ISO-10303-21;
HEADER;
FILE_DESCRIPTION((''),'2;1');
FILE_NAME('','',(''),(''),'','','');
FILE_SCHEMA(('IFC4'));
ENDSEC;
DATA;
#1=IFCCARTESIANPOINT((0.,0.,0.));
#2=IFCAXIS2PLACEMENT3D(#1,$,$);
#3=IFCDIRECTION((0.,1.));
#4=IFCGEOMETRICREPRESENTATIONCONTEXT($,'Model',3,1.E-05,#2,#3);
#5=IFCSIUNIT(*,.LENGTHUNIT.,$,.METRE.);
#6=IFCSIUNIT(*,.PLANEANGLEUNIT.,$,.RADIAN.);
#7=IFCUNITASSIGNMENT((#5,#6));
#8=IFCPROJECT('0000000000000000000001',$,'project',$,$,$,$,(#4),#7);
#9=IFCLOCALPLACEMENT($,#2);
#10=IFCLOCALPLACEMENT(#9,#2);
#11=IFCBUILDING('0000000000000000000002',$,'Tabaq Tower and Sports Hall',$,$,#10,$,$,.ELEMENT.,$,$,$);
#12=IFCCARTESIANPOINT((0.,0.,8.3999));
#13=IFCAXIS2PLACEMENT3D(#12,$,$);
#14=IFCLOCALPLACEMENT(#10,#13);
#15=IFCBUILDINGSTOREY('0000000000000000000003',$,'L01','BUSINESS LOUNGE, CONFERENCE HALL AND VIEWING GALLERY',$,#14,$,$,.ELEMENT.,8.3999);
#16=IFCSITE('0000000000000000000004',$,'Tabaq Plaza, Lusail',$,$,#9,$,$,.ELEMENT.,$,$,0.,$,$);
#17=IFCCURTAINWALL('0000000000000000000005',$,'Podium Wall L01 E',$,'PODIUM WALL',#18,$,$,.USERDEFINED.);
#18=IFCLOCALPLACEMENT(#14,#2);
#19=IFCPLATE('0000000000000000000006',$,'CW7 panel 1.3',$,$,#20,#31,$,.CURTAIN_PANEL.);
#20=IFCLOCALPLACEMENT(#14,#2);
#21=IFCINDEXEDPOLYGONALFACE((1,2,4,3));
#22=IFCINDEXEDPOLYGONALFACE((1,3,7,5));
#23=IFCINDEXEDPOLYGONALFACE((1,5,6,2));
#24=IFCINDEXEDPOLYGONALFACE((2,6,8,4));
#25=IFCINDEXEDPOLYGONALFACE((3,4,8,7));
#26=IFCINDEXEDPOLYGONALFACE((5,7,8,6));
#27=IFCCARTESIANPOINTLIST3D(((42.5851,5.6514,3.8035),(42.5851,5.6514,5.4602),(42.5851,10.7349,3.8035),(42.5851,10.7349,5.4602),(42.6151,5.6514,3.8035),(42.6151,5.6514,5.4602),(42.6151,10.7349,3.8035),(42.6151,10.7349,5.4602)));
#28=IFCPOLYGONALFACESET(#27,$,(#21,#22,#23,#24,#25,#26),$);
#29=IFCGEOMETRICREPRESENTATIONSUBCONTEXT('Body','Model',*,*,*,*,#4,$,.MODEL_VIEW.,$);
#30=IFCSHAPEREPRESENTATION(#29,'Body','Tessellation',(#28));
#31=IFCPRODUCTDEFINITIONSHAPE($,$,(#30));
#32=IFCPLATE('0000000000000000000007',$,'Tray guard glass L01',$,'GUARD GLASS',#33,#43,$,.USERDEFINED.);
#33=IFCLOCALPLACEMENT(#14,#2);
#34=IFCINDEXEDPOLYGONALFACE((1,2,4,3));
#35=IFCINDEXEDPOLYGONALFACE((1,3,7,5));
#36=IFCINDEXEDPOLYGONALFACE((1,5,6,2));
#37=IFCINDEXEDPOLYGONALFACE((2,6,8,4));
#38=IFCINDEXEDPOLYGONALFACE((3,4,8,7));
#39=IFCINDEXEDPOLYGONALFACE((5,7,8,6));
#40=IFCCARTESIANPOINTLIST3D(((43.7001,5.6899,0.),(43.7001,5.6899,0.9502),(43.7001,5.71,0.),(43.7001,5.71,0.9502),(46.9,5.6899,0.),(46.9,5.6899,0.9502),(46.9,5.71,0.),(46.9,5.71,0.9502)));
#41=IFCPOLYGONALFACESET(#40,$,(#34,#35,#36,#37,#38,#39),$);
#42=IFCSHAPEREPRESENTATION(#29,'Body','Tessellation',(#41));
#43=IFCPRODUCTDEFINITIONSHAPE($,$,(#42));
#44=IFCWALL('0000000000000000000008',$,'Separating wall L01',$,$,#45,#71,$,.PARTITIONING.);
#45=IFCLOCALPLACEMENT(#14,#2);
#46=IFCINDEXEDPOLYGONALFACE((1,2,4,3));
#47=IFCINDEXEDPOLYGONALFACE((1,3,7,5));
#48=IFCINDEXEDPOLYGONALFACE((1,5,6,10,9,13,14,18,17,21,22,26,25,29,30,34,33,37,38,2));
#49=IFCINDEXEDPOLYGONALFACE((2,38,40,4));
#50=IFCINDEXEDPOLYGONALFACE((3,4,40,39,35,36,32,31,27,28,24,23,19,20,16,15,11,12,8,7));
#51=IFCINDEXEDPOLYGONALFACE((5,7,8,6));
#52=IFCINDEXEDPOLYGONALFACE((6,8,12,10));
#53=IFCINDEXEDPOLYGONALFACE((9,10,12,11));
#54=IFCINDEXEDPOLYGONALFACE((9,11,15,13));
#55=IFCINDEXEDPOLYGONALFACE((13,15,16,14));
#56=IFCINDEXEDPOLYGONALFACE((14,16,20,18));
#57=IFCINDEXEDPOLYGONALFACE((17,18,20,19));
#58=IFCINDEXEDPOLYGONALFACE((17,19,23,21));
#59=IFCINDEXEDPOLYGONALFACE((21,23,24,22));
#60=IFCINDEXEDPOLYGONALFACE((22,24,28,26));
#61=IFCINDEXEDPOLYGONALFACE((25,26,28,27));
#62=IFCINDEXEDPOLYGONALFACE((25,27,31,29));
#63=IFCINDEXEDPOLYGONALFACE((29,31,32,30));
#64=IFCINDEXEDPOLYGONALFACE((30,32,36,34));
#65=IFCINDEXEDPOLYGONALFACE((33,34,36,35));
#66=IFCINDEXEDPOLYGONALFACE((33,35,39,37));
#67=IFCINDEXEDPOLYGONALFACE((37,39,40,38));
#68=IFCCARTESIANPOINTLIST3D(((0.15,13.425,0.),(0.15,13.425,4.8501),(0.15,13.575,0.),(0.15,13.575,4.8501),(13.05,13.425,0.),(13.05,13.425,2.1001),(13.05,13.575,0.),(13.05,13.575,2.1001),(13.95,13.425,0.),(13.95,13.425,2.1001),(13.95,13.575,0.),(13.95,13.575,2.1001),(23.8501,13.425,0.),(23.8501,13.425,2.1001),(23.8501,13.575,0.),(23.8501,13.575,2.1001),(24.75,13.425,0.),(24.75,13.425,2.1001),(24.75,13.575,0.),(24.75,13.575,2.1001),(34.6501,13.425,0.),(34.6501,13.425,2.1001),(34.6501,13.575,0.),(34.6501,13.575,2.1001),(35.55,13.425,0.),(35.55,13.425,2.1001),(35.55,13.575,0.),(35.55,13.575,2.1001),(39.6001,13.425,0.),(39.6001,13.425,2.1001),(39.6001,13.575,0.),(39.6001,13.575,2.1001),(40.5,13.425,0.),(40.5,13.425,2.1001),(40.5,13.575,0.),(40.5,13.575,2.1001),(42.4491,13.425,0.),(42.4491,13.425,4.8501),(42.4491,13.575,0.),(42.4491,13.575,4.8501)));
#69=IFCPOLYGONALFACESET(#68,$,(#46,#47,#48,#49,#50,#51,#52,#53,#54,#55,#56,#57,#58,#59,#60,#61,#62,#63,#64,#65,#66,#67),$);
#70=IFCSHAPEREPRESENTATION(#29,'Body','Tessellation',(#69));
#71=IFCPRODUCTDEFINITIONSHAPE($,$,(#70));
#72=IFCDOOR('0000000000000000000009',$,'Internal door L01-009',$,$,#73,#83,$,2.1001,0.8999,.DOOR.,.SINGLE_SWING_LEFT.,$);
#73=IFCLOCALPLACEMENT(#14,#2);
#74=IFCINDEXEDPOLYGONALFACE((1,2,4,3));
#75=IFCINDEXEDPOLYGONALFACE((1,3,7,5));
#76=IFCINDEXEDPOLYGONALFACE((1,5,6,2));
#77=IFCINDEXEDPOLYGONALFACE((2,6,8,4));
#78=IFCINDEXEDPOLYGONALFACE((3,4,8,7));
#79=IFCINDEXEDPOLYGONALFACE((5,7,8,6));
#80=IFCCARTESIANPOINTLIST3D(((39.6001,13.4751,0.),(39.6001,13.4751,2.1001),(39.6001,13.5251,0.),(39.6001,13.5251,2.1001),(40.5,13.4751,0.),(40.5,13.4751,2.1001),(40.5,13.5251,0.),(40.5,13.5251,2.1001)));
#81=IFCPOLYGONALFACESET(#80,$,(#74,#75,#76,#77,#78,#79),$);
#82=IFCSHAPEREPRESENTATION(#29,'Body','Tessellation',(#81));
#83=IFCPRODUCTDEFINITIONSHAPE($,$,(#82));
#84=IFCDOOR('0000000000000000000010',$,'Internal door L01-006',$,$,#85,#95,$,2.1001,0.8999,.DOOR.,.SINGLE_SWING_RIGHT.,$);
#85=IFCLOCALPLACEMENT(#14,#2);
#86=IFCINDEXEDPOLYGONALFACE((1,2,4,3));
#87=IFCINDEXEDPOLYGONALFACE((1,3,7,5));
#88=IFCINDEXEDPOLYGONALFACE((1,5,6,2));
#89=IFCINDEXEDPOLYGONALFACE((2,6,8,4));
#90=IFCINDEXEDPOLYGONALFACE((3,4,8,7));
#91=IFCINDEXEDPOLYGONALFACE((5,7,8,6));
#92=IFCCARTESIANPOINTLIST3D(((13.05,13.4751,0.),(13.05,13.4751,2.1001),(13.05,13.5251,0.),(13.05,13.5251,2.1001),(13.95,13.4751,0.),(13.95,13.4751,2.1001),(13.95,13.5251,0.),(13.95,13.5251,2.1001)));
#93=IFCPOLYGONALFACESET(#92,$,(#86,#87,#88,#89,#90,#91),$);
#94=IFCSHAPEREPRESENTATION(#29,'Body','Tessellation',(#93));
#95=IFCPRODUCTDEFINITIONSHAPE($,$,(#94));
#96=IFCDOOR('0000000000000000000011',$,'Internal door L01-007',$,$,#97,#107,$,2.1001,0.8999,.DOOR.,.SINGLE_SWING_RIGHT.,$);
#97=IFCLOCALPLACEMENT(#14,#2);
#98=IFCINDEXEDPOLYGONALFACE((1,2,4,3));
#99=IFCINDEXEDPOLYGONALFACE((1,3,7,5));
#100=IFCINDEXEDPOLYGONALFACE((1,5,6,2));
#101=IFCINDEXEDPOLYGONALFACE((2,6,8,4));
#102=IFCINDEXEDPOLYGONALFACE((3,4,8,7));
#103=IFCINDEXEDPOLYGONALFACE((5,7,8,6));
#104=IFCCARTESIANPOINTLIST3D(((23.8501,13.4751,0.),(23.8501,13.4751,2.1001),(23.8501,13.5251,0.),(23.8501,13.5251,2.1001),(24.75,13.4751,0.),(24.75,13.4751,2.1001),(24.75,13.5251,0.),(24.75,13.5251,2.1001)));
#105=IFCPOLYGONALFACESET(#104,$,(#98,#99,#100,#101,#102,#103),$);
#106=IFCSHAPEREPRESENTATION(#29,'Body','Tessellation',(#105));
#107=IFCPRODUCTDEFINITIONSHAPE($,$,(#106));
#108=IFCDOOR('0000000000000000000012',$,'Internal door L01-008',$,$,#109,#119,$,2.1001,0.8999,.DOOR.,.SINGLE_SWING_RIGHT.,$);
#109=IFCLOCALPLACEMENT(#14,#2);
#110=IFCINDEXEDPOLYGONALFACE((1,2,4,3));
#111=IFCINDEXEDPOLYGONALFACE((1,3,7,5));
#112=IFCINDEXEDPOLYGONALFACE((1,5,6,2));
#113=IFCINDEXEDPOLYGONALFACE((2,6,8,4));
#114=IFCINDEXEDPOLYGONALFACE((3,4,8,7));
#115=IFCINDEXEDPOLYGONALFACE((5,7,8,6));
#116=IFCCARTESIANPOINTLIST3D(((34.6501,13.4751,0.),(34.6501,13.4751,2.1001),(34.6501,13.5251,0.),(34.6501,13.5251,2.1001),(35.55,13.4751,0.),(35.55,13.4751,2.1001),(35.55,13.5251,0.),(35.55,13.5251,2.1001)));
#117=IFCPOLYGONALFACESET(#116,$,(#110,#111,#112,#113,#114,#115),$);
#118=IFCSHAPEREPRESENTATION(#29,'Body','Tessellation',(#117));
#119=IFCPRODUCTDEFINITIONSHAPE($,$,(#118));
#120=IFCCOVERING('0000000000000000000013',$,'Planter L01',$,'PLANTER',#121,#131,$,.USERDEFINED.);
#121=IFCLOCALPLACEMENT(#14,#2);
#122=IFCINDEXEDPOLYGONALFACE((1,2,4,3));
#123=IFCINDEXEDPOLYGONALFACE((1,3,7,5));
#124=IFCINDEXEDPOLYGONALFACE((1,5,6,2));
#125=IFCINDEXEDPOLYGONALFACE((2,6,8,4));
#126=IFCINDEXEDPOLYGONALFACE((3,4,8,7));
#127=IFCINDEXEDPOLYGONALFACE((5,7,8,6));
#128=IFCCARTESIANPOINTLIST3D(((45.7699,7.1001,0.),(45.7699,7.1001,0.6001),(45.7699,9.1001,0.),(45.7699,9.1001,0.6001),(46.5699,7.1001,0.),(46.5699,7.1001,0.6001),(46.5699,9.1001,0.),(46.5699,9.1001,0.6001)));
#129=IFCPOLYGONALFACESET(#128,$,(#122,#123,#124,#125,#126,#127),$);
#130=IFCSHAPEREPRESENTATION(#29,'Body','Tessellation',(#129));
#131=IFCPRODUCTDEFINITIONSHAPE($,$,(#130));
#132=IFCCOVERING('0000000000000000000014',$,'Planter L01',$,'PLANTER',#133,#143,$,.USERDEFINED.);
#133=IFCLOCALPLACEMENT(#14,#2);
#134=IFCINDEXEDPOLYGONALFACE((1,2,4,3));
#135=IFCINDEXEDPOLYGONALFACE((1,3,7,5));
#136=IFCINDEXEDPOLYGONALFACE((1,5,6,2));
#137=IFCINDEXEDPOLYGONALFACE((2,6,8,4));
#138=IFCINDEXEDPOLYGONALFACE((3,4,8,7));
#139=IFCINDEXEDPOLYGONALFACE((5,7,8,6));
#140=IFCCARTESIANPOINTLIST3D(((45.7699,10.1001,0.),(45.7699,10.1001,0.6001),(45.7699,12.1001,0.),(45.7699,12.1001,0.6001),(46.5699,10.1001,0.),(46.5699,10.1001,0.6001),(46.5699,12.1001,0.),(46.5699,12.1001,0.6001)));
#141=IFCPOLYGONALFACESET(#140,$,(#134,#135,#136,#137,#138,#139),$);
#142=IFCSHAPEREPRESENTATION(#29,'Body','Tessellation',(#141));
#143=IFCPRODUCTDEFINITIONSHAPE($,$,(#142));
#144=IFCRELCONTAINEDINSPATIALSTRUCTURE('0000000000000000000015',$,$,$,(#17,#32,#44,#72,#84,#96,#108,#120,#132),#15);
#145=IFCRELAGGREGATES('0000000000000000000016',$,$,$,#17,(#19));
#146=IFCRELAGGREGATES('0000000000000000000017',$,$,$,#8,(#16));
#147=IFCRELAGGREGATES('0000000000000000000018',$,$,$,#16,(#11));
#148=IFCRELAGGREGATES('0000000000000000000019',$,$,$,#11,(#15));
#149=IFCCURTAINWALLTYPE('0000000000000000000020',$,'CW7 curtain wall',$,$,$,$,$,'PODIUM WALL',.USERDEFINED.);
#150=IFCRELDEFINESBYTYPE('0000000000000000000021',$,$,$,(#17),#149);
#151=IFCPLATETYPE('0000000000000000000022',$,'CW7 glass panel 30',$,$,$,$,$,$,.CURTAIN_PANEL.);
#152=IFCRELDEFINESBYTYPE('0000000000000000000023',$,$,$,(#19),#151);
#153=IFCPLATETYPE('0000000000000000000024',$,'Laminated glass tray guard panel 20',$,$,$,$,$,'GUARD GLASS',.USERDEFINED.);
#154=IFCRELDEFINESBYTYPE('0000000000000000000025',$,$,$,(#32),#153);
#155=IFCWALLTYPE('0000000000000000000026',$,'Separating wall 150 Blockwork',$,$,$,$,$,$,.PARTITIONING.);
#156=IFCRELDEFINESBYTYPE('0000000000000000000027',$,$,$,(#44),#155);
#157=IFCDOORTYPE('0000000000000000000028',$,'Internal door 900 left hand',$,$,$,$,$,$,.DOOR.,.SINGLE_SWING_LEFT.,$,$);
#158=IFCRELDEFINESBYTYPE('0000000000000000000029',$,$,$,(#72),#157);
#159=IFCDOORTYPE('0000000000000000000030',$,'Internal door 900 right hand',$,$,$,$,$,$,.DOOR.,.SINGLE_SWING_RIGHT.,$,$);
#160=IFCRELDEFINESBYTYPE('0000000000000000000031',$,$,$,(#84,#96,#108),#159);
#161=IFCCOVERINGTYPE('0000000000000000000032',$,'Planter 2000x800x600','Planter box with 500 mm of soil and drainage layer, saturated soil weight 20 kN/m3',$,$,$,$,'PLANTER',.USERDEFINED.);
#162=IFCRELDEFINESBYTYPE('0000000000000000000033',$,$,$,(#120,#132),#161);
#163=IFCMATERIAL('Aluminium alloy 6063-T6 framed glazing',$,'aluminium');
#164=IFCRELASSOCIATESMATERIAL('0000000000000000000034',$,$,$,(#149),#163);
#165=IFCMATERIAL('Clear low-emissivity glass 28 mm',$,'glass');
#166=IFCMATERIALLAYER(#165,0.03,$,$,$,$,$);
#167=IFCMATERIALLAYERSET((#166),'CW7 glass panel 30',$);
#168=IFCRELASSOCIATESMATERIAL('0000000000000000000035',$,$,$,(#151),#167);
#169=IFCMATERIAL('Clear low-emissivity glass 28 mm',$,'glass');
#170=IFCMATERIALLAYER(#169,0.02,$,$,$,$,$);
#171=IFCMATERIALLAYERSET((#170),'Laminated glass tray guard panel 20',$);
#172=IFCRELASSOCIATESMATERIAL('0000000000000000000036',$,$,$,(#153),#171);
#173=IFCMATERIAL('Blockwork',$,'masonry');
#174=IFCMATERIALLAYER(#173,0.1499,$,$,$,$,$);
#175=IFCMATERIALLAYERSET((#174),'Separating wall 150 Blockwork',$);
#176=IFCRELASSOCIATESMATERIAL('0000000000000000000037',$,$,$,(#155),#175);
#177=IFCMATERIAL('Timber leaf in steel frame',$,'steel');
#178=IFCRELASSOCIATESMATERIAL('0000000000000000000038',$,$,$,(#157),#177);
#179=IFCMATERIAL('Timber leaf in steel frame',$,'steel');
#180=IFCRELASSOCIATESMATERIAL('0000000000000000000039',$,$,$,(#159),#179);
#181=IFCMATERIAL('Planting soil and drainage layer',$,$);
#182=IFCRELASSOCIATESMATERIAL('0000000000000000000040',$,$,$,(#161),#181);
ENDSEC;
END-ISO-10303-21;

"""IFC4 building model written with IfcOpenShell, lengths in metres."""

from ifc_helpers import new_model, si_unit, direction, frame, frame_2d, origin, origin_2d, place, context, subcontext, project, spatial, rectangle, extrude, material, layer, layer_set, type_object, element, fill, aggregate, save


model = new_model("IFC4")

# Units and contexts
model_context = context("Model", 3, precision=1e-05, world=origin(), true_north=direction((0.0, 1.0)))
body_context = subcontext(model_context, "Body", "Model", "MODEL_VIEW")
ifc_project = project(units=[si_unit("LENGTHUNIT", "METRE"), si_unit("PLANEANGLEUNIT", "RADIAN")], contexts=[model_context])

# Site, building, storey
site_placement = place(None, origin())
site = spatial("IfcSite", under=ifc_project, at=site_placement, Name="Tabaq Plaza, Lusail", CompositionType="ELEMENT", RefElevation=0.0)
building_placement = place(site_placement, origin())
building = spatial("IfcBuilding", under=site, at=building_placement, Name="Tabaq Tower and Sports Hall", CompositionType="ELEMENT")
storey_placement = place(building_placement, frame((0.0, 0.0, 8.3999)))
storey = spatial("IfcBuildingStorey", under=building, at=storey_placement, Name="L01", Description="BUSINESS LOUNGE, CONFERENCE HALL AND VIEWING GALLERY", CompositionType="ELEMENT", Elevation=8.3999)

# Shared definitions
ifc_material_1 = material(Name="Aluminium alloy 6063-T6 framed glazing", Category="aluminium")
curtain_wall_type = type_object("IfcCurtainWallType", Name="CW7 curtain wall", ElementType="PODIUM WALL", PredefinedType="USERDEFINED", material=ifc_material_1)

# Curtain wall
curtain_wall_1_placement = place(storey_placement, origin())
curtain_wall_1 = element("IfcCurtainWall", 1, at=curtain_wall_1_placement, inside=storey, type_object=curtain_wall_type, Name="Podium Wall L01 E", ObjectType="PODIUM WALL", PredefinedType="USERDEFINED")

# Plates
ifc_material_2 = material(Name="Clear low-emissivity glass 28 mm", Category="glass")
ifc_layer_1 = layer(ifc_material_2, 0.03)
ifc_layer_set_1 = layer_set([ifc_layer_1], Name="CW7 glass panel 30")
plate_type_1 = type_object("IfcPlateType", Name="CW7 glass panel 30", PredefinedType="CURTAIN_PANEL", material=ifc_layer_set_1)
plate_1_placement = place(storey_placement, frame((42.6001, 8.1931, 3.8035), z_axis=(0.0, 0.0, 1.0), x_axis=(0.0, 1.0, 0.0)))
plate_1 = element("IfcPlate", 2, at=plate_1_placement, type_object=plate_type_1, Name="CW7 panel 1.3", PredefinedType="CURTAIN_PANEL", context=body_context, shape_type="SweptSolid", body=[
    extrude(rectangle(XDim=5.0835, YDim=0.03, at=origin_2d()), origin(), (0.0, 0.0, 1.0), 1.6567),
])
aggregate(curtain_wall_1, [plate_1])
ifc_material_3 = material(Name="Clear low-emissivity glass 28 mm", Category="glass")
ifc_layer_2 = layer(ifc_material_3, 0.02)
ifc_layer_set_2 = layer_set([ifc_layer_2], Name="Laminated glass tray guard panel 20")
plate_type_2 = type_object("IfcPlateType", Name="Laminated glass tray guard panel 20", ElementType="GUARD GLASS", PredefinedType="USERDEFINED", material=ifc_layer_set_2)
plate_2_placement = place(storey_placement, frame((43.7, 5.7, 0.0), z_axis=(0.0, 0.0, 1.0), x_axis=(1.0, 0.0, 0.0)))
element("IfcPlate", 3, at=plate_2_placement, inside=storey, type_object=plate_type_2, Name="Tray guard glass L01", ObjectType="GUARD GLASS", PredefinedType="USERDEFINED", context=body_context, shape_type="SweptSolid", body=[
    extrude(rectangle(XDim=3.2, YDim=0.02, at=frame_2d((1.6001, 0.0))), origin(), (0.0, 0.0, 1.0), 0.9502),
])

# Wall, openings, doors
ifc_material_4 = material(Name="Blockwork", Category="masonry")
ifc_layer_3 = layer(ifc_material_4, 0.1499)
ifc_layer_set_3 = layer_set([ifc_layer_3], Name="Separating wall 150 Blockwork")
wall_type_1 = type_object("IfcWallType", Name="Separating wall 150 Blockwork", PredefinedType="PARTITIONING", material=ifc_layer_set_3)
wall_1_placement = place(storey_placement, frame((42.449, 13.5, 0.0), z_axis=(0.0, 0.0, 1.0), x_axis=(-1.0, 0.0, 0.0)))
wall_1 = element("IfcWall", 4, at=wall_1_placement, inside=storey, type_object=wall_type_1, Name="Separating wall L01", PredefinedType="PARTITIONING", context=body_context, shape_type="SweptSolid", body=[
    extrude(rectangle(XDim=42.2991, YDim=0.1499, at=frame_2d((21.1494, 0.0))), origin(), (0.0, 0.0, 1.0), 4.8501),
])
opening_1_placement = place(wall_1_placement, frame((28.499, 0.0, 0.0)))
opening_1 = element("IfcOpeningElement", 5, at=opening_1_placement, cuts=wall_1, PredefinedType="OPENING", context=body_context, shape_type="SweptSolid", body=[
    extrude(rectangle(XDim=0.8999, YDim=2.1001, at=frame_2d((0.45, 1.05))), frame((0.0, 0.075, 0.0), z_axis=(0.0, -1.0, 0.0), x_axis=(1.0, 0.0, 0.0)), (0.0, 0.0, 1.0), 0.1499),
])
opening_2_placement = place(wall_1_placement, frame((17.699, 0.0, 0.0)))
opening_2 = element("IfcOpeningElement", 6, at=opening_2_placement, cuts=wall_1, PredefinedType="OPENING", context=body_context, shape_type="SweptSolid", body=[
    extrude(rectangle(XDim=0.8999, YDim=2.1001, at=frame_2d((0.45, 1.05))), frame((0.0, 0.075, 0.0), z_axis=(0.0, -1.0, 0.0), x_axis=(1.0, 0.0, 0.0)), (0.0, 0.0, 1.0), 0.1499),
])
opening_3_placement = place(wall_1_placement, frame((6.8989, 0.0, 0.0)))
opening_3 = element("IfcOpeningElement", 7, at=opening_3_placement, cuts=wall_1, PredefinedType="OPENING", context=body_context, shape_type="SweptSolid", body=[
    extrude(rectangle(XDim=0.8999, YDim=2.1001, at=frame_2d((0.45, 1.05))), frame((0.0, 0.075, 0.0), z_axis=(0.0, -1.0, 0.0), x_axis=(1.0, 0.0, 0.0)), (0.0, 0.0, 1.0), 0.1499),
])
opening_4_placement = place(wall_1_placement, frame((1.949, 0.0, 0.0)))
opening_4 = element("IfcOpeningElement", 8, at=opening_4_placement, cuts=wall_1, PredefinedType="OPENING", context=body_context, shape_type="SweptSolid", body=[
    extrude(rectangle(XDim=0.8999, YDim=2.1001, at=frame_2d((0.45, 1.05))), frame((0.0, 0.075, 0.0), z_axis=(0.0, -1.0, 0.0), x_axis=(1.0, 0.0, 0.0)), (0.0, 0.0, 1.0), 0.1499),
])
ifc_material_5 = material(Name="Timber leaf in steel frame", Category="steel")
door_type_1 = type_object("IfcDoorType", Name="Internal door 900 left hand", OperationType="SINGLE_SWING_LEFT", PredefinedType="DOOR", material=ifc_material_5)
door_1_placement = place(opening_4_placement, origin())
door_1 = element("IfcDoor", 9, at=door_1_placement, inside=storey, type_object=door_type_1, Name="Internal door L01-009", OperationType="SINGLE_SWING_LEFT", OverallHeight=2.1001, OverallWidth=0.8999, PredefinedType="DOOR", context=body_context, shape_type="SweptSolid", body=[
    extrude(rectangle(XDim=0.8999, YDim=2.1001, at=frame_2d((0.45, 1.05))), frame((0.0, 0.0249, 0.0), z_axis=(0.0, -1.0, 0.0), x_axis=(1.0, 0.0, 0.0)), (0.0, 0.0, 1.0), 0.05),
])
fill(opening_4, door_1)
ifc_material_6 = material(Name="Timber leaf in steel frame", Category="steel")
door_type_2 = type_object("IfcDoorType", Name="Internal door 900 right hand", OperationType="SINGLE_SWING_RIGHT", PredefinedType="DOOR", material=ifc_material_6)
door_2_placement = place(opening_1_placement, origin())
door_2 = element("IfcDoor", 10, at=door_2_placement, inside=storey, type_object=door_type_2, Name="Internal door L01-006", OperationType="SINGLE_SWING_RIGHT", OverallHeight=2.1001, OverallWidth=0.8999, PredefinedType="DOOR", context=body_context, shape_type="SweptSolid", body=[
    extrude(rectangle(XDim=0.8999, YDim=2.1001, at=frame_2d((0.45, 1.05))), frame((0.0, 0.0249, 0.0), z_axis=(0.0, -1.0, 0.0), x_axis=(1.0, 0.0, 0.0)), (0.0, 0.0, 1.0), 0.05),
])
fill(opening_1, door_2)
door_3_placement = place(opening_2_placement, origin())
door_3 = element("IfcDoor", 11, at=door_3_placement, inside=storey, type_object=door_type_2, Name="Internal door L01-007", OperationType="SINGLE_SWING_RIGHT", OverallHeight=2.1001, OverallWidth=0.8999, PredefinedType="DOOR", context=body_context, shape_type="SweptSolid", body=[
    extrude(rectangle(XDim=0.8999, YDim=2.1001, at=frame_2d((0.45, 1.05))), frame((0.0, 0.0249, 0.0), z_axis=(0.0, -1.0, 0.0), x_axis=(1.0, 0.0, 0.0)), (0.0, 0.0, 1.0), 0.05),
])
fill(opening_2, door_3)
door_4_placement = place(opening_3_placement, origin())
door_4 = element("IfcDoor", 12, at=door_4_placement, inside=storey, type_object=door_type_2, Name="Internal door L01-008", OperationType="SINGLE_SWING_RIGHT", OverallHeight=2.1001, OverallWidth=0.8999, PredefinedType="DOOR", context=body_context, shape_type="SweptSolid", body=[
    extrude(rectangle(XDim=0.8999, YDim=2.1001, at=frame_2d((0.45, 1.05))), frame((0.0, 0.0249, 0.0), z_axis=(0.0, -1.0, 0.0), x_axis=(1.0, 0.0, 0.0)), (0.0, 0.0, 1.0), 0.05),
])
fill(opening_3, door_4)

# Coverings
ifc_material_7 = material(Name="Planting soil and drainage layer")
covering_type_1 = type_object("IfcCoveringType", Name="Planter 2000x800x600", Description="Planter box with 500 mm of soil and drainage layer, saturated soil weight 20 kN/m3", ElementType="PLANTER", PredefinedType="USERDEFINED", material=ifc_material_7)
for number, where, z_axis, x_axis, name in (
    (13, (46.1699, 8.1001, 0.0), (0.0, 0.0, 1.0), (0.0, 1.0, 0.0), "Planter L01"),
    (14, (46.1699, 11.1001, 0.0), (0.0, 0.0, 1.0), (0.0, 1.0, 0.0), "Planter L01"),
):
    element("IfcCovering", number, at=place(storey_placement, frame(where, z_axis=z_axis, x_axis=x_axis)), inside=storey, type_object=covering_type_1, Name=name, ObjectType="PLANTER", PredefinedType="USERDEFINED", context=body_context, shape_type="SweptSolid", body=[
        extrude(rectangle(XDim=2.0, YDim=0.8, at=origin_2d()), origin(), (0.0, 0.0, 1.0), 0.6001),
    ])

save(model, "model.ifc")
